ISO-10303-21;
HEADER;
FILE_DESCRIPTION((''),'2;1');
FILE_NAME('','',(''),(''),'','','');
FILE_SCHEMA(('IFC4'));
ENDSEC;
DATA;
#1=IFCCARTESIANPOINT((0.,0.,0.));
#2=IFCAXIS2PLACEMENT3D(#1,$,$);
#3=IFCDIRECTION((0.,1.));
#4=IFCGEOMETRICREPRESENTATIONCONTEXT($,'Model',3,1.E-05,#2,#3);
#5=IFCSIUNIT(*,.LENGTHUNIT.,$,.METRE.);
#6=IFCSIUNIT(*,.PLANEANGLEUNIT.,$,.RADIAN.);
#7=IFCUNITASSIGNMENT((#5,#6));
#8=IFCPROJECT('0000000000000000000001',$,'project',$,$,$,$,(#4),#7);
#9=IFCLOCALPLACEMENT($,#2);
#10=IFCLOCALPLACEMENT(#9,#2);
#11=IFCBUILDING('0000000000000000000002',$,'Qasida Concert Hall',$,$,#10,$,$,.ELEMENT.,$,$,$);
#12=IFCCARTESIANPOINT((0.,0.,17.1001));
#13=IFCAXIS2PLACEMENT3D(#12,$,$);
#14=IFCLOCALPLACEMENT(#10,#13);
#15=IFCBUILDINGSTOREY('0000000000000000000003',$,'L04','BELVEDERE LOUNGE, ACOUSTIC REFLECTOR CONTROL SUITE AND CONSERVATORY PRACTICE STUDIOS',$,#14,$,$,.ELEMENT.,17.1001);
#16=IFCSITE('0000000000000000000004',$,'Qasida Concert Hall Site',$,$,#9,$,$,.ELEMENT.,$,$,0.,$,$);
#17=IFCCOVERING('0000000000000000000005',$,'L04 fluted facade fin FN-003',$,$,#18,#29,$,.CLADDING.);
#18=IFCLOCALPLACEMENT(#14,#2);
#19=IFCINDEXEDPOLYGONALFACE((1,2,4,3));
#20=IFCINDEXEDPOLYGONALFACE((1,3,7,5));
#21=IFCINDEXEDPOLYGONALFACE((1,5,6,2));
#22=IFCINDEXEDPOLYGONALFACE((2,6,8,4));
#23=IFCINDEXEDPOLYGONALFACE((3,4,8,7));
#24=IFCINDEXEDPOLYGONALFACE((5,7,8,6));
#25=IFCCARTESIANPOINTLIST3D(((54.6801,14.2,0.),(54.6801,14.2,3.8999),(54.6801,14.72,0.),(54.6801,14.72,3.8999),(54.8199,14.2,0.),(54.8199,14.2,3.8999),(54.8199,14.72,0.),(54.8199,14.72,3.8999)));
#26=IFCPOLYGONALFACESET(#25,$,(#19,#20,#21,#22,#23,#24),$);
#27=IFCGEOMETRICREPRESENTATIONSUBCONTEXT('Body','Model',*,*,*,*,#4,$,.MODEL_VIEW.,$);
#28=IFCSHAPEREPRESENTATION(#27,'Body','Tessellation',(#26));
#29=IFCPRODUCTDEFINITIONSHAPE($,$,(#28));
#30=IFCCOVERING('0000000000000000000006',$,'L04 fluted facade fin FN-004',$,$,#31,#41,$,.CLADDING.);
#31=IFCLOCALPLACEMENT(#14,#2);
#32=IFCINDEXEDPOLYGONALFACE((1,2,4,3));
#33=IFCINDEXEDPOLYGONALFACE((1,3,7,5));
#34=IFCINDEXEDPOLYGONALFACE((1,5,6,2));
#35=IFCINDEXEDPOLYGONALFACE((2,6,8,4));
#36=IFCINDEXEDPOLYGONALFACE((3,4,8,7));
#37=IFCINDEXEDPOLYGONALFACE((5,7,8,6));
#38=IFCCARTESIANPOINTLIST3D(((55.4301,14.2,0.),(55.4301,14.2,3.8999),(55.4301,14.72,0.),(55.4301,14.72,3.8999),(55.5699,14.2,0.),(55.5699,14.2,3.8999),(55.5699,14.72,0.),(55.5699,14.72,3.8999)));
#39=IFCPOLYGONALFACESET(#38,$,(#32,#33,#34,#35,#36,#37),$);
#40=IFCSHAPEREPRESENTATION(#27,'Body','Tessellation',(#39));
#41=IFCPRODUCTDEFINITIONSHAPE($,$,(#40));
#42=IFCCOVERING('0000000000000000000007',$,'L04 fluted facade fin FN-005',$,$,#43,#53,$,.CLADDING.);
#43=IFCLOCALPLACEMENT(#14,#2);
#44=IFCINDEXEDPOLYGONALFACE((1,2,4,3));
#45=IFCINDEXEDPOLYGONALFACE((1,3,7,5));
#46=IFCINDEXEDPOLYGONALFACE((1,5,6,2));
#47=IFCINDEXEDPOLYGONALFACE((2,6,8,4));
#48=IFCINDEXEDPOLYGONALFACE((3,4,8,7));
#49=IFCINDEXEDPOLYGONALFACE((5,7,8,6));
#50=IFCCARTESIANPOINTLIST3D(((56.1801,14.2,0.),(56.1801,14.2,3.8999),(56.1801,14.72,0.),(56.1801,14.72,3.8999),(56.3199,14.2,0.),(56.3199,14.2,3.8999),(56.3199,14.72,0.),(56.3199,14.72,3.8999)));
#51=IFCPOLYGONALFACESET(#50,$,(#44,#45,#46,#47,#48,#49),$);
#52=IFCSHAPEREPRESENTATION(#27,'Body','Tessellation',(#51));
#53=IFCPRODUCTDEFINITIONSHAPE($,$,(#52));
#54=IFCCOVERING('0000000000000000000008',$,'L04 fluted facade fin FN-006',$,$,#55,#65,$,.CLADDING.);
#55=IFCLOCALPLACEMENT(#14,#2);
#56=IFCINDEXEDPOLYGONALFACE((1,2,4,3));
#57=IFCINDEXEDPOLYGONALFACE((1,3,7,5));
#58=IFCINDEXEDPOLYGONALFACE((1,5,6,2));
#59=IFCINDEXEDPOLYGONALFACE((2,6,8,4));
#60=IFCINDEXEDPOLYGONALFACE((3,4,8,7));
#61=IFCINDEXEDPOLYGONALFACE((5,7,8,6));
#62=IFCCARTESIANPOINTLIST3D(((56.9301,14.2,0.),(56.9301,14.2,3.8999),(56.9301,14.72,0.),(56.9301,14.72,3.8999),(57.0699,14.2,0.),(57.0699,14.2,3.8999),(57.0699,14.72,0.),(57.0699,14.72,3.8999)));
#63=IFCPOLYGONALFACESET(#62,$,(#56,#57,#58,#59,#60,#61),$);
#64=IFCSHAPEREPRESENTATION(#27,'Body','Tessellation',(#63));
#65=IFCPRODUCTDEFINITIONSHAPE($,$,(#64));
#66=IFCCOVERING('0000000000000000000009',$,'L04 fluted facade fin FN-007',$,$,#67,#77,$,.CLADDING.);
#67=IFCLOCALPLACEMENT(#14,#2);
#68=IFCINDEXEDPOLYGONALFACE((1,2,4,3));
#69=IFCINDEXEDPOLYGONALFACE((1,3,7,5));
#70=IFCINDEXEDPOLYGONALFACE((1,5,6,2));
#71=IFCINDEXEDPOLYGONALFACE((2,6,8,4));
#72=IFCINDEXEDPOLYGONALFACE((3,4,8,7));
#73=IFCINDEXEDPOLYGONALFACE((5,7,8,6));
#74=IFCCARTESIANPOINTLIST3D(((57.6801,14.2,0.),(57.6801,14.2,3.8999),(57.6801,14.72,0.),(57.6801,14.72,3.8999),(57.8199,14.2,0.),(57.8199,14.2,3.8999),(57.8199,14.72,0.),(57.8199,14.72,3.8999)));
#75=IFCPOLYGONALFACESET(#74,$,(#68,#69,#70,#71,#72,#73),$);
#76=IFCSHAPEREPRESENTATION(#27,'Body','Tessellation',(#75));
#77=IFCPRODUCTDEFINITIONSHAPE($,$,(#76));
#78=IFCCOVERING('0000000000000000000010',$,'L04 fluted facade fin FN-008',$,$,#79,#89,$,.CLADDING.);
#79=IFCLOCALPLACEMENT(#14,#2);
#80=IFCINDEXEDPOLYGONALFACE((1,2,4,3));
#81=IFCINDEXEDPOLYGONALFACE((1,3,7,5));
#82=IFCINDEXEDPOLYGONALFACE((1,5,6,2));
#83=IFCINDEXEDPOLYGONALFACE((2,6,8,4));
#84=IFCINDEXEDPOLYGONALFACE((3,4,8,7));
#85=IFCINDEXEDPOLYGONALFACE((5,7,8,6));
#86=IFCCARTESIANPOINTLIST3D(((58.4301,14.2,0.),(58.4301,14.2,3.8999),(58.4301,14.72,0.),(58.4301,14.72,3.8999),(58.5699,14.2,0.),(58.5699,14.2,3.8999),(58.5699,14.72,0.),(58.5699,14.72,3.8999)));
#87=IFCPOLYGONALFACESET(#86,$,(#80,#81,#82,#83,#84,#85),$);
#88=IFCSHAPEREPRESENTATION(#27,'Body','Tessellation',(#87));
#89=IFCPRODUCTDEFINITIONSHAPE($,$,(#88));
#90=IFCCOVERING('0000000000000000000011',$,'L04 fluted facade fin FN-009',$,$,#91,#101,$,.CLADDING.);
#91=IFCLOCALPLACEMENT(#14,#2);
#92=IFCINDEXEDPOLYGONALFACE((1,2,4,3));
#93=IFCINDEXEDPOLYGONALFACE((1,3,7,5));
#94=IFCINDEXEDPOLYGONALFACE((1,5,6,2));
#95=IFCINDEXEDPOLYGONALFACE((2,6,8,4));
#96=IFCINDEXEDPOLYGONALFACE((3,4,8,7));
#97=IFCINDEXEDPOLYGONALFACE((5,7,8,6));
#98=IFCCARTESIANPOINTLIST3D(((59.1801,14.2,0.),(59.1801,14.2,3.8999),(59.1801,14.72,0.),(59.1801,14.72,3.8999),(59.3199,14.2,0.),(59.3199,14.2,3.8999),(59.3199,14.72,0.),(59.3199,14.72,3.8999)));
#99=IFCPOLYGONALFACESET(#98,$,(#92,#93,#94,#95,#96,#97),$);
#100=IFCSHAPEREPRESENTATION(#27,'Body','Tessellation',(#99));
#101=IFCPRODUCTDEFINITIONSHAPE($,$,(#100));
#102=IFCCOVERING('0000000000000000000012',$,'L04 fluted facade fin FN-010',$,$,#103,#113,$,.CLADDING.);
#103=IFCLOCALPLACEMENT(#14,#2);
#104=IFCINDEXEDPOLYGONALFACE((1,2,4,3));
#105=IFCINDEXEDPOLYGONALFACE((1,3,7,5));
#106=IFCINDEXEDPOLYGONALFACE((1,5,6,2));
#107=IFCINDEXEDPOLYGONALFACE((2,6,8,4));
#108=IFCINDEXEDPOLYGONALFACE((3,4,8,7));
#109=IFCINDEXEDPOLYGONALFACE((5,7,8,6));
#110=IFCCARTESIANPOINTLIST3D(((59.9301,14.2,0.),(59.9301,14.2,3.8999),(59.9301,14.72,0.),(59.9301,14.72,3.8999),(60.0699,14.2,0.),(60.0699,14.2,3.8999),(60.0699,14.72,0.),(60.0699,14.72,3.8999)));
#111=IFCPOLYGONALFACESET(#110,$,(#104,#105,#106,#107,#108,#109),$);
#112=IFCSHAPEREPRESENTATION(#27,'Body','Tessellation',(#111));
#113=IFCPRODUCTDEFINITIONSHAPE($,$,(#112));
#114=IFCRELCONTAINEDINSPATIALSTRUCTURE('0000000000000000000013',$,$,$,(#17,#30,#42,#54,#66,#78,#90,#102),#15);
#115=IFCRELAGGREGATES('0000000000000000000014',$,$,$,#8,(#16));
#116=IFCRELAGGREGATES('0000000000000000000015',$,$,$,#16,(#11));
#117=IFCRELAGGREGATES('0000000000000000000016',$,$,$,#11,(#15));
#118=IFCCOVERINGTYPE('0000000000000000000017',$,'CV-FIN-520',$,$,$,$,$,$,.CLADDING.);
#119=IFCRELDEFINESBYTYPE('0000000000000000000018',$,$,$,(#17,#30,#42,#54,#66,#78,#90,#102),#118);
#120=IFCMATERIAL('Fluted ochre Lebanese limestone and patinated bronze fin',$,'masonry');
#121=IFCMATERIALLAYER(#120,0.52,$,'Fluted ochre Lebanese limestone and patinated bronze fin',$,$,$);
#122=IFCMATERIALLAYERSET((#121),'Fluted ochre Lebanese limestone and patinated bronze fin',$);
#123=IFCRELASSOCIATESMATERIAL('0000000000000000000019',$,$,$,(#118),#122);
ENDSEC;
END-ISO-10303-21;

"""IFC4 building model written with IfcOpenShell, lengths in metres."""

from ifc_helpers import new_model, si_unit, direction, frame, origin, origin_2d, place, context, subcontext, project, spatial, rectangle, extrude, material, layer, layer_set, type_object, element, save


model = new_model("IFC4")

# Units and contexts
model_context = context("Model", 3, precision=1e-05, world=origin(), true_north=direction((0.0, 1.0)))
body_context = subcontext(model_context, "Body", "Model", "MODEL_VIEW")
ifc_project = project(units=[si_unit("LENGTHUNIT", "METRE"), si_unit("PLANEANGLEUNIT", "RADIAN")], contexts=[model_context])

# Site, building, storey
site_placement = place(None, origin())
site = spatial("IfcSite", under=ifc_project, at=site_placement, Name="Qasida Concert Hall Site", CompositionType="ELEMENT", RefElevation=0.0)
building_placement = place(site_placement, origin())
building = spatial("IfcBuilding", under=site, at=building_placement, Name="Qasida Concert Hall", CompositionType="ELEMENT")
storey_placement = place(building_placement, frame((0.0, 0.0, 17.1001)))
storey = spatial("IfcBuildingStorey", under=building, at=storey_placement, Name="L04", Description="BELVEDERE LOUNGE, ACOUSTIC REFLECTOR CONTROL SUITE AND CONSERVATORY PRACTICE STUDIOS", CompositionType="ELEMENT", Elevation=17.1001)

# Coverings
ifc_material_1 = material(Name="Fluted ochre Lebanese limestone and patinated bronze fin", Category="masonry")
ifc_layer_1 = layer(ifc_material_1, 0.52, Name="Fluted ochre Lebanese limestone and patinated bronze fin")
ifc_layer_set_1 = layer_set([ifc_layer_1], Name="Fluted ochre Lebanese limestone and patinated bronze fin")
covering_type = type_object("IfcCoveringType", Name="CV-FIN-520", PredefinedType="CLADDING", material=ifc_layer_set_1)
for number, where, z_axis, x_axis, name in (
    (1, (54.75, 14.46, 0.0), (0.0, 0.0, 1.0), (1.0, 0.0, 0.0), "L04 fluted facade fin FN-003"),
    (2, (55.5, 14.46, 0.0), (0.0, 0.0, 1.0), (1.0, 0.0, 0.0), "L04 fluted facade fin FN-004"),
    (3, (56.25, 14.46, 0.0), (0.0, 0.0, 1.0), (1.0, 0.0, 0.0), "L04 fluted facade fin FN-005"),
    (4, (57.0, 14.46, 0.0), (0.0, 0.0, 1.0), (1.0, 0.0, 0.0), "L04 fluted facade fin FN-006"),
    (5, (57.75, 14.46, 0.0), (0.0, 0.0, 1.0), (1.0, 0.0, 0.0), "L04 fluted facade fin FN-007"),
    (6, (58.5, 14.46, 0.0), (0.0, 0.0, 1.0), (1.0, 0.0, 0.0), "L04 fluted facade fin FN-008"),
    (7, (59.25, 14.46, 0.0), (0.0, 0.0, 1.0), (1.0, 0.0, 0.0), "L04 fluted facade fin FN-009"),
    (8, (60.0, 14.46, 0.0), (0.0, 0.0, 1.0), (1.0, 0.0, 0.0), "L04 fluted facade fin FN-010"),
):
    element("IfcCovering", number, at=place(storey_placement, frame(where, z_axis=z_axis, x_axis=x_axis)), inside=storey, type_object=covering_type, Name=name, PredefinedType="CLADDING", context=body_context, shape_type="SweptSolid", body=[
        extrude(rectangle(XDim=0.1399, YDim=0.52, at=origin_2d()), origin(), (0.0, 0.0, 1.0), 3.8999),
    ])

save(model, "model.ifc")
